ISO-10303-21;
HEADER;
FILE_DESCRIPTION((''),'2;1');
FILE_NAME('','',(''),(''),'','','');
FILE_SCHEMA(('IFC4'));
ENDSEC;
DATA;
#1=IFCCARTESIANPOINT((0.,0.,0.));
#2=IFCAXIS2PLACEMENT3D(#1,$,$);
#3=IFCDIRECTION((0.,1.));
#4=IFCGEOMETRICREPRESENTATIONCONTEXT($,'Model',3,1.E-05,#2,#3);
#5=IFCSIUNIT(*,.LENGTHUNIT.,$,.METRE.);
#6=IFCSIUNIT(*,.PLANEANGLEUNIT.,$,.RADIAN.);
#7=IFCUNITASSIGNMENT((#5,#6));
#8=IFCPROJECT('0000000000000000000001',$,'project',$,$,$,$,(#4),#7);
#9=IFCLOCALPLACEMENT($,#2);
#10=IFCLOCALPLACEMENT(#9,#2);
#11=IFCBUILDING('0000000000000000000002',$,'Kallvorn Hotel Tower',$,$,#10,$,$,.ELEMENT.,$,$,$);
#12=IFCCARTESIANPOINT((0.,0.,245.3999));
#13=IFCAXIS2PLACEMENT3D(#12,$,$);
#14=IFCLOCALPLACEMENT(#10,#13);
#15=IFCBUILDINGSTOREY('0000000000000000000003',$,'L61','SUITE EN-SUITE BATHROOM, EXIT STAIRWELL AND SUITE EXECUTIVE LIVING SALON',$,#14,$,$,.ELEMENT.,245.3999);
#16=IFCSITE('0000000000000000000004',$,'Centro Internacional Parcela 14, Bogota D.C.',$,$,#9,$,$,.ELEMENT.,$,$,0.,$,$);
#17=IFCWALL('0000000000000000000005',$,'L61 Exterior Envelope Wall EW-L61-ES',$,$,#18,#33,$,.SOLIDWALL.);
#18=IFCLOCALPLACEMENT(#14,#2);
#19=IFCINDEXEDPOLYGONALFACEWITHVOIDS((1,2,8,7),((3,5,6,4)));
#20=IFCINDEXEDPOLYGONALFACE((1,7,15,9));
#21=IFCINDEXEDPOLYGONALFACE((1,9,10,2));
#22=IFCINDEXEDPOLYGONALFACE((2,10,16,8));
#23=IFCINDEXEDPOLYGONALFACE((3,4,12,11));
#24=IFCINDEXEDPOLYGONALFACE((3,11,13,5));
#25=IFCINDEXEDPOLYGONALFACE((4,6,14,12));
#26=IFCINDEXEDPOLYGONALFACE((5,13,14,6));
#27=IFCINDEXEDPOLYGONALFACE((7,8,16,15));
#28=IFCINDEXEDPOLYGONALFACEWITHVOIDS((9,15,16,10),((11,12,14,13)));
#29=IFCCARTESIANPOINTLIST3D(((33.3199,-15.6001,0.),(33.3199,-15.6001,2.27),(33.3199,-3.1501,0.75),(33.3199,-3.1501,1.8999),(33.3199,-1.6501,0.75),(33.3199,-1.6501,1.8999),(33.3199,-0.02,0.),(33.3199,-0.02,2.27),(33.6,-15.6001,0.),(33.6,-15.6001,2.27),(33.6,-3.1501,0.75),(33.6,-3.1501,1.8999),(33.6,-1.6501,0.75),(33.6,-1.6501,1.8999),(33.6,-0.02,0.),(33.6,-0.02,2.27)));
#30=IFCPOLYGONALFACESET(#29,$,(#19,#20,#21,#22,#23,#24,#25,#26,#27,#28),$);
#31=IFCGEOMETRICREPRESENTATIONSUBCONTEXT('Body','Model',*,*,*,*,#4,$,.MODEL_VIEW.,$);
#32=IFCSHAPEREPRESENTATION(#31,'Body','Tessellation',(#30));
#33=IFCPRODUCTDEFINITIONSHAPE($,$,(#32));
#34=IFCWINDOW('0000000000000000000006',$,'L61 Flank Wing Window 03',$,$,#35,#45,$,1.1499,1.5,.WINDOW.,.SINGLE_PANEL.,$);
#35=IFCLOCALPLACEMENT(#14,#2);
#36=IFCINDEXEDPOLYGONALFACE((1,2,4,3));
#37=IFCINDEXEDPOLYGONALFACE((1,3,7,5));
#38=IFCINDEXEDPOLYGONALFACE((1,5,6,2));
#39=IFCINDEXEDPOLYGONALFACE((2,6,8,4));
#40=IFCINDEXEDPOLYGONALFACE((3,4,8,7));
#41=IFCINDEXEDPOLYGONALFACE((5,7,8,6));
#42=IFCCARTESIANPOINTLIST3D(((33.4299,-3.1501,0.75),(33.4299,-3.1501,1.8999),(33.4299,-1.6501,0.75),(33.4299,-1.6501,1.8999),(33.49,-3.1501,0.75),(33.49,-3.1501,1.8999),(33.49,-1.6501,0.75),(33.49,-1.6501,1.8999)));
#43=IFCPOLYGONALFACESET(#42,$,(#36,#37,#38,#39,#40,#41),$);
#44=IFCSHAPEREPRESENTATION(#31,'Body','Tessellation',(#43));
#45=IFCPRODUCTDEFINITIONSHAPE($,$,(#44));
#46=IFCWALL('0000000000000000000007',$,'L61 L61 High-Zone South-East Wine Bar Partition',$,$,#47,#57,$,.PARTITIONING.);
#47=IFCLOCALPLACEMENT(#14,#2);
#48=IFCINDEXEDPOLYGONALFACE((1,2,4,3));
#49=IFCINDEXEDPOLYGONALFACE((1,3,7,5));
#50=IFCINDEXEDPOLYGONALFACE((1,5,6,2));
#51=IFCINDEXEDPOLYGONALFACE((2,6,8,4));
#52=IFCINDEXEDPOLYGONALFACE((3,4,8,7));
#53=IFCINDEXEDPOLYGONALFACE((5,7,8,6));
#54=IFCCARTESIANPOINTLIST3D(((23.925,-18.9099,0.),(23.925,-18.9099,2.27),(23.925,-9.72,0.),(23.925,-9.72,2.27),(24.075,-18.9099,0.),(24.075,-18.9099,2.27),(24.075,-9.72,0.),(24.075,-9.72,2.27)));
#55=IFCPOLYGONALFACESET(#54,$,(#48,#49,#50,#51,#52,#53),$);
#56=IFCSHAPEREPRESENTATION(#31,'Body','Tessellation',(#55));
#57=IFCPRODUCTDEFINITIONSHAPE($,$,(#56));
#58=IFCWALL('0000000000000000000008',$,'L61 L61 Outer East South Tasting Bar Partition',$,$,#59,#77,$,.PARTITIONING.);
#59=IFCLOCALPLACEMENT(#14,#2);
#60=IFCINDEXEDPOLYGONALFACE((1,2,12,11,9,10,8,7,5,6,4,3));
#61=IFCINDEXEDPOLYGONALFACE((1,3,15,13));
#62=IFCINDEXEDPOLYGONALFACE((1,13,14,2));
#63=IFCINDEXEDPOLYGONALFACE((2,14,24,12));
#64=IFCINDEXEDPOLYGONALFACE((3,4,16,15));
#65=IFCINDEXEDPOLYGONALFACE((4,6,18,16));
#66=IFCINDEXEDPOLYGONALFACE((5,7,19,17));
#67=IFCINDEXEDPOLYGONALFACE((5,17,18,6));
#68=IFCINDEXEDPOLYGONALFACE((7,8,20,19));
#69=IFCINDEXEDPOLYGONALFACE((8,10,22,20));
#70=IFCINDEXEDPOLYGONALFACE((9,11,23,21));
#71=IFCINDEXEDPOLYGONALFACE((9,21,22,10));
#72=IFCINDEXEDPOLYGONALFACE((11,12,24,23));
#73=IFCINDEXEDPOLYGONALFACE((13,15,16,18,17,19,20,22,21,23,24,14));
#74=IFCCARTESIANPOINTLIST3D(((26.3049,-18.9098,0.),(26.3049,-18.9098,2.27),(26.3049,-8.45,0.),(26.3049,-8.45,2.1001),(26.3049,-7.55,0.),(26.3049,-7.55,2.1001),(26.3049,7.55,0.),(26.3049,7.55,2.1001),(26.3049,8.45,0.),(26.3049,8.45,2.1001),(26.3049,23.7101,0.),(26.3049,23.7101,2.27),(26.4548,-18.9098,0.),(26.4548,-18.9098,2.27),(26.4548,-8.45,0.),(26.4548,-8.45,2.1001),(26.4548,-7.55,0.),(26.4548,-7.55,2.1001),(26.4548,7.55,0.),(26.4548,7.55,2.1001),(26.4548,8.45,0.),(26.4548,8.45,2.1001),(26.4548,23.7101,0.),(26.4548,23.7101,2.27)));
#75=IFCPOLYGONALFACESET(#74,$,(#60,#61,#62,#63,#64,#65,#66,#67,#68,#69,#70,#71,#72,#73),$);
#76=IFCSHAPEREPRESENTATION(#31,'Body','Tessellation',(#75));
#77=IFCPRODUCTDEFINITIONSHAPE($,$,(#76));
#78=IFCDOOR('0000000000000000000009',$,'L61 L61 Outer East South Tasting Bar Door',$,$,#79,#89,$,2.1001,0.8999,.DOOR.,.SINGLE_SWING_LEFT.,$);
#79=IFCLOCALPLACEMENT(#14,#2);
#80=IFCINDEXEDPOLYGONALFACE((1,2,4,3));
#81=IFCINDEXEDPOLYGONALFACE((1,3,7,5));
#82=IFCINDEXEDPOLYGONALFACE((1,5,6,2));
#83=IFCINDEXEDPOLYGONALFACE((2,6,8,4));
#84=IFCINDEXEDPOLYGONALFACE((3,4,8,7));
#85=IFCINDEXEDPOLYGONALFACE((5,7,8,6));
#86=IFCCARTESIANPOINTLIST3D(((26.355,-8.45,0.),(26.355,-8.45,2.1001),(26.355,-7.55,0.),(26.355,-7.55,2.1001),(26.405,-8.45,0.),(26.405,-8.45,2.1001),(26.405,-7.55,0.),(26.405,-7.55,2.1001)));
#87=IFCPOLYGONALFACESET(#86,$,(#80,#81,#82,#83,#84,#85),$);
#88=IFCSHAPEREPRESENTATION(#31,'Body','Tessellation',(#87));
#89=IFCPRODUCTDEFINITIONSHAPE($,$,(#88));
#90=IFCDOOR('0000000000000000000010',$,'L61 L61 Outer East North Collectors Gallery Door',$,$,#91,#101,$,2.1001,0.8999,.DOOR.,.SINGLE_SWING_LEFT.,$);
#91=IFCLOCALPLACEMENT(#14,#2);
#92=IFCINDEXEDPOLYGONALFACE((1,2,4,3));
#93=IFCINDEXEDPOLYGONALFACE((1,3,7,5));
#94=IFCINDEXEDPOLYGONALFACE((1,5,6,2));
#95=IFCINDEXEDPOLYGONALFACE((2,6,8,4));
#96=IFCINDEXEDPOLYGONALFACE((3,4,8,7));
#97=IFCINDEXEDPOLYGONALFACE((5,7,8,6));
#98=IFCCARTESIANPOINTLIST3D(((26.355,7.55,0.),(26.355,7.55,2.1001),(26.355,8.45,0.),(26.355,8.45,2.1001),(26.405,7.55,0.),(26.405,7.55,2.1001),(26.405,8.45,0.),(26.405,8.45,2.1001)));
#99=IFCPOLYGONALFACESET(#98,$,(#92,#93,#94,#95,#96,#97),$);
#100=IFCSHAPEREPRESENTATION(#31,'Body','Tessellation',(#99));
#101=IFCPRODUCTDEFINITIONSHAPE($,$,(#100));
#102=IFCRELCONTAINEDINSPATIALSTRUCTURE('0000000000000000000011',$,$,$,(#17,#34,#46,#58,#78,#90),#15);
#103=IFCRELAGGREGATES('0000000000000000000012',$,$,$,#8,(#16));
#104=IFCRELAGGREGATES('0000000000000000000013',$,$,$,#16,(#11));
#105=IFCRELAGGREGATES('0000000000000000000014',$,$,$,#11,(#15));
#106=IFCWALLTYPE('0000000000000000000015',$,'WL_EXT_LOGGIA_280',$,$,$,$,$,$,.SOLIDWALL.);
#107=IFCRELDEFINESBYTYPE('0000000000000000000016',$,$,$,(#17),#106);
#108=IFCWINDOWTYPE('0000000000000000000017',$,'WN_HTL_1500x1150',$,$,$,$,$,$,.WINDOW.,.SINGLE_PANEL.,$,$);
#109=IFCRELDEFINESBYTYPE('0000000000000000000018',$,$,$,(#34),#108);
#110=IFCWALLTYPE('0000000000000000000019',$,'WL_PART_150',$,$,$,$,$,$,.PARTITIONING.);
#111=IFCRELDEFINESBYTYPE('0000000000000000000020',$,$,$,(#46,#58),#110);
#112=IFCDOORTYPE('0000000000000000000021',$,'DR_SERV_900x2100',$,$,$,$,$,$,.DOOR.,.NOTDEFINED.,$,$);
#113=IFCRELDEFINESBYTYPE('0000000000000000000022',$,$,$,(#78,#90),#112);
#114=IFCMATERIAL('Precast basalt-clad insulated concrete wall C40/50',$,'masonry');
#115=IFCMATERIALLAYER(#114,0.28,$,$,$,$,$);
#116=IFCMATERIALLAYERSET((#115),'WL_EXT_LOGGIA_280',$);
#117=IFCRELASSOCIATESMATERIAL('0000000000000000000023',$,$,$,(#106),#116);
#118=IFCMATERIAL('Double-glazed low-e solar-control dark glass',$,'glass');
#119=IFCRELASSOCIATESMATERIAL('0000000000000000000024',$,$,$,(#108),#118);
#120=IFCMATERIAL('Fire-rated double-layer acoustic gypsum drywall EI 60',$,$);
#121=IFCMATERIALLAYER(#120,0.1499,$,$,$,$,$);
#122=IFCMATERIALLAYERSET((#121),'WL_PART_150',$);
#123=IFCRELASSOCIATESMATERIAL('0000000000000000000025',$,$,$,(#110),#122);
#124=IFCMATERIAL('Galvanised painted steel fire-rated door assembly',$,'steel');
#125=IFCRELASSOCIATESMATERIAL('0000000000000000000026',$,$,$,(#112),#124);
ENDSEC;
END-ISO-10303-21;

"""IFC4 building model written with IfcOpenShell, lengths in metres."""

from ifc_helpers import new_model, si_unit, direction, frame, frame_2d, origin, place, context, subcontext, project, spatial, rectangle, extrude, material, layer, layer_set, type_object, element, fill, save


model = new_model("IFC4")

# Units and contexts
model_context = context("Model", 3, precision=1e-05, world=origin(), true_north=direction((0.0, 1.0)))
body_context = subcontext(model_context, "Body", "Model", "MODEL_VIEW")
ifc_project = project(units=[si_unit("LENGTHUNIT", "METRE"), si_unit("PLANEANGLEUNIT", "RADIAN")], contexts=[model_context])

# Site, building, storey
site_placement = place(None, origin())
site = spatial("IfcSite", under=ifc_project, at=site_placement, Name="Centro Internacional Parcela 14, Bogota D.C.", CompositionType="ELEMENT", RefElevation=0.0)
building_placement = place(site_placement, origin())
building = spatial("IfcBuilding", under=site, at=building_placement, Name="Kallvorn Hotel Tower", CompositionType="ELEMENT")
storey_placement = place(building_placement, frame((0.0, 0.0, 245.3999)))
storey = spatial("IfcBuildingStorey", under=building, at=storey_placement, Name="L61", Description="SUITE EN-SUITE BATHROOM, EXIT STAIRWELL AND SUITE EXECUTIVE LIVING SALON", CompositionType="ELEMENT", Elevation=245.3999)

# Shared definitions
ifc_material_1 = material(Name="Precast basalt-clad insulated concrete wall C40/50", Category="masonry")
ifc_layer_1 = layer(ifc_material_1, 0.28)
ifc_layer_set_1 = layer_set([ifc_layer_1], Name="WL_EXT_LOGGIA_280")
wall_type_1 = type_object("IfcWallType", Name="WL_EXT_LOGGIA_280", PredefinedType="SOLIDWALL", material=ifc_layer_set_1)

# Wall, opening, window
wall_1_placement = place(storey_placement, frame((33.46, -15.6001, 0.0), z_axis=(0.0, 0.0, 1.0), x_axis=(0.0, 1.0, 0.0)))
wall_1 = element("IfcWall", 1, at=wall_1_placement, inside=storey, type_object=wall_type_1, Name="L61 Exterior Envelope Wall EW-L61-ES", PredefinedType="SOLIDWALL", context=body_context, shape_type="SweptSolid", body=[
    extrude(rectangle(XDim=15.5801, YDim=0.28, at=frame_2d((7.79, 0.0))), origin(), (0.0, 0.0, 1.0), 2.27),
])
opening_1_placement = place(wall_1_placement, frame((12.45, 0.0, 0.75)))
opening_1 = element("IfcOpeningElement", 2, at=opening_1_placement, cuts=wall_1, PredefinedType="OPENING", context=body_context, shape_type="SweptSolid", body=[
    extrude(rectangle(XDim=1.5, YDim=1.1499, at=frame_2d((0.75, 0.575))), frame((0.0, 0.155, 0.0), z_axis=(0.0, -1.0, 0.0), x_axis=(1.0, 0.0, 0.0)), (0.0, 0.0, 1.0), 0.3101),
])
ifc_material_2 = material(Name="Double-glazed low-e solar-control dark glass", Category="glass")
window_type = type_object("IfcWindowType", Name="WN_HTL_1500x1150", PartitioningType="SINGLE_PANEL", PredefinedType="WINDOW", material=ifc_material_2)
window_placement = place(opening_1_placement, origin())
window = element("IfcWindow", 3, at=window_placement, inside=storey, type_object=window_type, Name="L61 Flank Wing Window 03", OverallHeight=1.1499, OverallWidth=1.5, PartitioningType="SINGLE_PANEL", PredefinedType="WINDOW", context=body_context, shape_type="SweptSolid", body=[
    extrude(rectangle(XDim=1.5, YDim=1.1499, at=frame_2d((0.75, 0.575))), frame((0.0, 0.03, 0.0), z_axis=(0.0, -1.0, 0.0), x_axis=(1.0, 0.0, 0.0)), (0.0, 0.0, 1.0), 0.0601),
])
fill(opening_1, window)

# Wall
ifc_material_3 = material(Name="Fire-rated double-layer acoustic gypsum drywall EI 60")
ifc_layer_2 = layer(ifc_material_3, 0.1499)
ifc_layer_set_2 = layer_set([ifc_layer_2], Name="WL_PART_150")
wall_type_2 = type_object("IfcWallType", Name="WL_PART_150", PredefinedType="PARTITIONING", material=ifc_layer_set_2)
wall_2_placement = place(storey_placement, frame((24.0, -18.9099, 0.0), z_axis=(0.0, 0.0, 1.0), x_axis=(0.0, 1.0, 0.0)))
element("IfcWall", 4, at=wall_2_placement, inside=storey, type_object=wall_type_2, Name="L61 L61 High-Zone South-East Wine Bar Partition", PredefinedType="PARTITIONING", context=body_context, shape_type="SweptSolid", body=[
    extrude(rectangle(XDim=9.1899, YDim=0.1499, at=frame_2d((4.595, 0.0))), origin(), (0.0, 0.0, 1.0), 2.27),
])

# Wall, openings, doors
wall_3_placement = place(storey_placement, frame((26.3799, -18.9099, 0.0), z_axis=(0.0, 0.0, 1.0), x_axis=(0.0, 1.0, 0.0)))
wall_3 = element("IfcWall", 5, at=wall_3_placement, inside=storey, type_object=wall_type_2, Name="L61 L61 Outer East South Tasting Bar Partition", PredefinedType="PARTITIONING", context=body_context, shape_type="SweptSolid", body=[
    extrude(rectangle(XDim=42.6199, YDim=0.1499, at=frame_2d((21.3101, 0.0))), origin(), (0.0, 0.0, 1.0), 2.27),
])
opening_2_placement = place(wall_3_placement, frame((10.46, 0.0, 0.0)))
opening_2 = element("IfcOpeningElement", 6, at=opening_2_placement, cuts=wall_3, PredefinedType="OPENING", context=body_context, shape_type="SweptSolid", body=[
    extrude(rectangle(XDim=0.8999, YDim=2.1001, at=frame_2d((0.45, 1.05))), frame((0.0, 0.0898, 0.0), z_axis=(0.0, -1.0, 0.0), x_axis=(1.0, 0.0, 0.0)), (0.0, 0.0, 1.0), 0.1799),
])
opening_3_placement = place(wall_3_placement, frame((26.46, 0.0, 0.0)))
opening_3 = element("IfcOpeningElement", 7, at=opening_3_placement, cuts=wall_3, PredefinedType="OPENING", context=body_context, shape_type="SweptSolid", body=[
    extrude(rectangle(XDim=0.8999, YDim=2.1001, at=frame_2d((0.45, 1.05))), frame((0.0, 0.0898, 0.0), z_axis=(0.0, -1.0, 0.0), x_axis=(1.0, 0.0, 0.0)), (0.0, 0.0, 1.0), 0.1799),
])
ifc_material_4 = material(Name="Galvanised painted steel fire-rated door assembly", Category="steel")
door_type = type_object("IfcDoorType", Name="DR_SERV_900x2100", OperationType="NOTDEFINED", PredefinedType="DOOR", material=ifc_material_4)
door_1_placement = place(opening_2_placement, origin())
door_1 = element("IfcDoor", 8, at=door_1_placement, inside=storey, type_object=door_type, Name="L61 L61 Outer East South Tasting Bar Door", OperationType="SINGLE_SWING_LEFT", OverallHeight=2.1001, OverallWidth=0.8999, PredefinedType="DOOR", context=body_context, shape_type="SweptSolid", body=[
    extrude(rectangle(XDim=0.8999, YDim=2.1001, at=frame_2d((0.45, 1.05))), frame((0.0, 0.0249, 0.0), z_axis=(0.0, -1.0, 0.0), x_axis=(1.0, 0.0, 0.0)), (0.0, 0.0, 1.0), 0.05),
])
fill(opening_2, door_1)
door_2_placement = place(opening_3_placement, origin())
door_2 = element("IfcDoor", 9, at=door_2_placement, inside=storey, type_object=door_type, Name="L61 L61 Outer East North Collectors Gallery Door", OperationType="SINGLE_SWING_LEFT", OverallHeight=2.1001, OverallWidth=0.8999, PredefinedType="DOOR", context=body_context, shape_type="SweptSolid", body=[
    extrude(rectangle(XDim=0.8999, YDim=2.1001, at=frame_2d((0.45, 1.05))), frame((0.0, 0.0249, 0.0), z_axis=(0.0, -1.0, 0.0), x_axis=(1.0, 0.0, 0.0)), (0.0, 0.0, 1.0), 0.05),
])
fill(opening_3, door_2)

save(model, "model.ifc")
